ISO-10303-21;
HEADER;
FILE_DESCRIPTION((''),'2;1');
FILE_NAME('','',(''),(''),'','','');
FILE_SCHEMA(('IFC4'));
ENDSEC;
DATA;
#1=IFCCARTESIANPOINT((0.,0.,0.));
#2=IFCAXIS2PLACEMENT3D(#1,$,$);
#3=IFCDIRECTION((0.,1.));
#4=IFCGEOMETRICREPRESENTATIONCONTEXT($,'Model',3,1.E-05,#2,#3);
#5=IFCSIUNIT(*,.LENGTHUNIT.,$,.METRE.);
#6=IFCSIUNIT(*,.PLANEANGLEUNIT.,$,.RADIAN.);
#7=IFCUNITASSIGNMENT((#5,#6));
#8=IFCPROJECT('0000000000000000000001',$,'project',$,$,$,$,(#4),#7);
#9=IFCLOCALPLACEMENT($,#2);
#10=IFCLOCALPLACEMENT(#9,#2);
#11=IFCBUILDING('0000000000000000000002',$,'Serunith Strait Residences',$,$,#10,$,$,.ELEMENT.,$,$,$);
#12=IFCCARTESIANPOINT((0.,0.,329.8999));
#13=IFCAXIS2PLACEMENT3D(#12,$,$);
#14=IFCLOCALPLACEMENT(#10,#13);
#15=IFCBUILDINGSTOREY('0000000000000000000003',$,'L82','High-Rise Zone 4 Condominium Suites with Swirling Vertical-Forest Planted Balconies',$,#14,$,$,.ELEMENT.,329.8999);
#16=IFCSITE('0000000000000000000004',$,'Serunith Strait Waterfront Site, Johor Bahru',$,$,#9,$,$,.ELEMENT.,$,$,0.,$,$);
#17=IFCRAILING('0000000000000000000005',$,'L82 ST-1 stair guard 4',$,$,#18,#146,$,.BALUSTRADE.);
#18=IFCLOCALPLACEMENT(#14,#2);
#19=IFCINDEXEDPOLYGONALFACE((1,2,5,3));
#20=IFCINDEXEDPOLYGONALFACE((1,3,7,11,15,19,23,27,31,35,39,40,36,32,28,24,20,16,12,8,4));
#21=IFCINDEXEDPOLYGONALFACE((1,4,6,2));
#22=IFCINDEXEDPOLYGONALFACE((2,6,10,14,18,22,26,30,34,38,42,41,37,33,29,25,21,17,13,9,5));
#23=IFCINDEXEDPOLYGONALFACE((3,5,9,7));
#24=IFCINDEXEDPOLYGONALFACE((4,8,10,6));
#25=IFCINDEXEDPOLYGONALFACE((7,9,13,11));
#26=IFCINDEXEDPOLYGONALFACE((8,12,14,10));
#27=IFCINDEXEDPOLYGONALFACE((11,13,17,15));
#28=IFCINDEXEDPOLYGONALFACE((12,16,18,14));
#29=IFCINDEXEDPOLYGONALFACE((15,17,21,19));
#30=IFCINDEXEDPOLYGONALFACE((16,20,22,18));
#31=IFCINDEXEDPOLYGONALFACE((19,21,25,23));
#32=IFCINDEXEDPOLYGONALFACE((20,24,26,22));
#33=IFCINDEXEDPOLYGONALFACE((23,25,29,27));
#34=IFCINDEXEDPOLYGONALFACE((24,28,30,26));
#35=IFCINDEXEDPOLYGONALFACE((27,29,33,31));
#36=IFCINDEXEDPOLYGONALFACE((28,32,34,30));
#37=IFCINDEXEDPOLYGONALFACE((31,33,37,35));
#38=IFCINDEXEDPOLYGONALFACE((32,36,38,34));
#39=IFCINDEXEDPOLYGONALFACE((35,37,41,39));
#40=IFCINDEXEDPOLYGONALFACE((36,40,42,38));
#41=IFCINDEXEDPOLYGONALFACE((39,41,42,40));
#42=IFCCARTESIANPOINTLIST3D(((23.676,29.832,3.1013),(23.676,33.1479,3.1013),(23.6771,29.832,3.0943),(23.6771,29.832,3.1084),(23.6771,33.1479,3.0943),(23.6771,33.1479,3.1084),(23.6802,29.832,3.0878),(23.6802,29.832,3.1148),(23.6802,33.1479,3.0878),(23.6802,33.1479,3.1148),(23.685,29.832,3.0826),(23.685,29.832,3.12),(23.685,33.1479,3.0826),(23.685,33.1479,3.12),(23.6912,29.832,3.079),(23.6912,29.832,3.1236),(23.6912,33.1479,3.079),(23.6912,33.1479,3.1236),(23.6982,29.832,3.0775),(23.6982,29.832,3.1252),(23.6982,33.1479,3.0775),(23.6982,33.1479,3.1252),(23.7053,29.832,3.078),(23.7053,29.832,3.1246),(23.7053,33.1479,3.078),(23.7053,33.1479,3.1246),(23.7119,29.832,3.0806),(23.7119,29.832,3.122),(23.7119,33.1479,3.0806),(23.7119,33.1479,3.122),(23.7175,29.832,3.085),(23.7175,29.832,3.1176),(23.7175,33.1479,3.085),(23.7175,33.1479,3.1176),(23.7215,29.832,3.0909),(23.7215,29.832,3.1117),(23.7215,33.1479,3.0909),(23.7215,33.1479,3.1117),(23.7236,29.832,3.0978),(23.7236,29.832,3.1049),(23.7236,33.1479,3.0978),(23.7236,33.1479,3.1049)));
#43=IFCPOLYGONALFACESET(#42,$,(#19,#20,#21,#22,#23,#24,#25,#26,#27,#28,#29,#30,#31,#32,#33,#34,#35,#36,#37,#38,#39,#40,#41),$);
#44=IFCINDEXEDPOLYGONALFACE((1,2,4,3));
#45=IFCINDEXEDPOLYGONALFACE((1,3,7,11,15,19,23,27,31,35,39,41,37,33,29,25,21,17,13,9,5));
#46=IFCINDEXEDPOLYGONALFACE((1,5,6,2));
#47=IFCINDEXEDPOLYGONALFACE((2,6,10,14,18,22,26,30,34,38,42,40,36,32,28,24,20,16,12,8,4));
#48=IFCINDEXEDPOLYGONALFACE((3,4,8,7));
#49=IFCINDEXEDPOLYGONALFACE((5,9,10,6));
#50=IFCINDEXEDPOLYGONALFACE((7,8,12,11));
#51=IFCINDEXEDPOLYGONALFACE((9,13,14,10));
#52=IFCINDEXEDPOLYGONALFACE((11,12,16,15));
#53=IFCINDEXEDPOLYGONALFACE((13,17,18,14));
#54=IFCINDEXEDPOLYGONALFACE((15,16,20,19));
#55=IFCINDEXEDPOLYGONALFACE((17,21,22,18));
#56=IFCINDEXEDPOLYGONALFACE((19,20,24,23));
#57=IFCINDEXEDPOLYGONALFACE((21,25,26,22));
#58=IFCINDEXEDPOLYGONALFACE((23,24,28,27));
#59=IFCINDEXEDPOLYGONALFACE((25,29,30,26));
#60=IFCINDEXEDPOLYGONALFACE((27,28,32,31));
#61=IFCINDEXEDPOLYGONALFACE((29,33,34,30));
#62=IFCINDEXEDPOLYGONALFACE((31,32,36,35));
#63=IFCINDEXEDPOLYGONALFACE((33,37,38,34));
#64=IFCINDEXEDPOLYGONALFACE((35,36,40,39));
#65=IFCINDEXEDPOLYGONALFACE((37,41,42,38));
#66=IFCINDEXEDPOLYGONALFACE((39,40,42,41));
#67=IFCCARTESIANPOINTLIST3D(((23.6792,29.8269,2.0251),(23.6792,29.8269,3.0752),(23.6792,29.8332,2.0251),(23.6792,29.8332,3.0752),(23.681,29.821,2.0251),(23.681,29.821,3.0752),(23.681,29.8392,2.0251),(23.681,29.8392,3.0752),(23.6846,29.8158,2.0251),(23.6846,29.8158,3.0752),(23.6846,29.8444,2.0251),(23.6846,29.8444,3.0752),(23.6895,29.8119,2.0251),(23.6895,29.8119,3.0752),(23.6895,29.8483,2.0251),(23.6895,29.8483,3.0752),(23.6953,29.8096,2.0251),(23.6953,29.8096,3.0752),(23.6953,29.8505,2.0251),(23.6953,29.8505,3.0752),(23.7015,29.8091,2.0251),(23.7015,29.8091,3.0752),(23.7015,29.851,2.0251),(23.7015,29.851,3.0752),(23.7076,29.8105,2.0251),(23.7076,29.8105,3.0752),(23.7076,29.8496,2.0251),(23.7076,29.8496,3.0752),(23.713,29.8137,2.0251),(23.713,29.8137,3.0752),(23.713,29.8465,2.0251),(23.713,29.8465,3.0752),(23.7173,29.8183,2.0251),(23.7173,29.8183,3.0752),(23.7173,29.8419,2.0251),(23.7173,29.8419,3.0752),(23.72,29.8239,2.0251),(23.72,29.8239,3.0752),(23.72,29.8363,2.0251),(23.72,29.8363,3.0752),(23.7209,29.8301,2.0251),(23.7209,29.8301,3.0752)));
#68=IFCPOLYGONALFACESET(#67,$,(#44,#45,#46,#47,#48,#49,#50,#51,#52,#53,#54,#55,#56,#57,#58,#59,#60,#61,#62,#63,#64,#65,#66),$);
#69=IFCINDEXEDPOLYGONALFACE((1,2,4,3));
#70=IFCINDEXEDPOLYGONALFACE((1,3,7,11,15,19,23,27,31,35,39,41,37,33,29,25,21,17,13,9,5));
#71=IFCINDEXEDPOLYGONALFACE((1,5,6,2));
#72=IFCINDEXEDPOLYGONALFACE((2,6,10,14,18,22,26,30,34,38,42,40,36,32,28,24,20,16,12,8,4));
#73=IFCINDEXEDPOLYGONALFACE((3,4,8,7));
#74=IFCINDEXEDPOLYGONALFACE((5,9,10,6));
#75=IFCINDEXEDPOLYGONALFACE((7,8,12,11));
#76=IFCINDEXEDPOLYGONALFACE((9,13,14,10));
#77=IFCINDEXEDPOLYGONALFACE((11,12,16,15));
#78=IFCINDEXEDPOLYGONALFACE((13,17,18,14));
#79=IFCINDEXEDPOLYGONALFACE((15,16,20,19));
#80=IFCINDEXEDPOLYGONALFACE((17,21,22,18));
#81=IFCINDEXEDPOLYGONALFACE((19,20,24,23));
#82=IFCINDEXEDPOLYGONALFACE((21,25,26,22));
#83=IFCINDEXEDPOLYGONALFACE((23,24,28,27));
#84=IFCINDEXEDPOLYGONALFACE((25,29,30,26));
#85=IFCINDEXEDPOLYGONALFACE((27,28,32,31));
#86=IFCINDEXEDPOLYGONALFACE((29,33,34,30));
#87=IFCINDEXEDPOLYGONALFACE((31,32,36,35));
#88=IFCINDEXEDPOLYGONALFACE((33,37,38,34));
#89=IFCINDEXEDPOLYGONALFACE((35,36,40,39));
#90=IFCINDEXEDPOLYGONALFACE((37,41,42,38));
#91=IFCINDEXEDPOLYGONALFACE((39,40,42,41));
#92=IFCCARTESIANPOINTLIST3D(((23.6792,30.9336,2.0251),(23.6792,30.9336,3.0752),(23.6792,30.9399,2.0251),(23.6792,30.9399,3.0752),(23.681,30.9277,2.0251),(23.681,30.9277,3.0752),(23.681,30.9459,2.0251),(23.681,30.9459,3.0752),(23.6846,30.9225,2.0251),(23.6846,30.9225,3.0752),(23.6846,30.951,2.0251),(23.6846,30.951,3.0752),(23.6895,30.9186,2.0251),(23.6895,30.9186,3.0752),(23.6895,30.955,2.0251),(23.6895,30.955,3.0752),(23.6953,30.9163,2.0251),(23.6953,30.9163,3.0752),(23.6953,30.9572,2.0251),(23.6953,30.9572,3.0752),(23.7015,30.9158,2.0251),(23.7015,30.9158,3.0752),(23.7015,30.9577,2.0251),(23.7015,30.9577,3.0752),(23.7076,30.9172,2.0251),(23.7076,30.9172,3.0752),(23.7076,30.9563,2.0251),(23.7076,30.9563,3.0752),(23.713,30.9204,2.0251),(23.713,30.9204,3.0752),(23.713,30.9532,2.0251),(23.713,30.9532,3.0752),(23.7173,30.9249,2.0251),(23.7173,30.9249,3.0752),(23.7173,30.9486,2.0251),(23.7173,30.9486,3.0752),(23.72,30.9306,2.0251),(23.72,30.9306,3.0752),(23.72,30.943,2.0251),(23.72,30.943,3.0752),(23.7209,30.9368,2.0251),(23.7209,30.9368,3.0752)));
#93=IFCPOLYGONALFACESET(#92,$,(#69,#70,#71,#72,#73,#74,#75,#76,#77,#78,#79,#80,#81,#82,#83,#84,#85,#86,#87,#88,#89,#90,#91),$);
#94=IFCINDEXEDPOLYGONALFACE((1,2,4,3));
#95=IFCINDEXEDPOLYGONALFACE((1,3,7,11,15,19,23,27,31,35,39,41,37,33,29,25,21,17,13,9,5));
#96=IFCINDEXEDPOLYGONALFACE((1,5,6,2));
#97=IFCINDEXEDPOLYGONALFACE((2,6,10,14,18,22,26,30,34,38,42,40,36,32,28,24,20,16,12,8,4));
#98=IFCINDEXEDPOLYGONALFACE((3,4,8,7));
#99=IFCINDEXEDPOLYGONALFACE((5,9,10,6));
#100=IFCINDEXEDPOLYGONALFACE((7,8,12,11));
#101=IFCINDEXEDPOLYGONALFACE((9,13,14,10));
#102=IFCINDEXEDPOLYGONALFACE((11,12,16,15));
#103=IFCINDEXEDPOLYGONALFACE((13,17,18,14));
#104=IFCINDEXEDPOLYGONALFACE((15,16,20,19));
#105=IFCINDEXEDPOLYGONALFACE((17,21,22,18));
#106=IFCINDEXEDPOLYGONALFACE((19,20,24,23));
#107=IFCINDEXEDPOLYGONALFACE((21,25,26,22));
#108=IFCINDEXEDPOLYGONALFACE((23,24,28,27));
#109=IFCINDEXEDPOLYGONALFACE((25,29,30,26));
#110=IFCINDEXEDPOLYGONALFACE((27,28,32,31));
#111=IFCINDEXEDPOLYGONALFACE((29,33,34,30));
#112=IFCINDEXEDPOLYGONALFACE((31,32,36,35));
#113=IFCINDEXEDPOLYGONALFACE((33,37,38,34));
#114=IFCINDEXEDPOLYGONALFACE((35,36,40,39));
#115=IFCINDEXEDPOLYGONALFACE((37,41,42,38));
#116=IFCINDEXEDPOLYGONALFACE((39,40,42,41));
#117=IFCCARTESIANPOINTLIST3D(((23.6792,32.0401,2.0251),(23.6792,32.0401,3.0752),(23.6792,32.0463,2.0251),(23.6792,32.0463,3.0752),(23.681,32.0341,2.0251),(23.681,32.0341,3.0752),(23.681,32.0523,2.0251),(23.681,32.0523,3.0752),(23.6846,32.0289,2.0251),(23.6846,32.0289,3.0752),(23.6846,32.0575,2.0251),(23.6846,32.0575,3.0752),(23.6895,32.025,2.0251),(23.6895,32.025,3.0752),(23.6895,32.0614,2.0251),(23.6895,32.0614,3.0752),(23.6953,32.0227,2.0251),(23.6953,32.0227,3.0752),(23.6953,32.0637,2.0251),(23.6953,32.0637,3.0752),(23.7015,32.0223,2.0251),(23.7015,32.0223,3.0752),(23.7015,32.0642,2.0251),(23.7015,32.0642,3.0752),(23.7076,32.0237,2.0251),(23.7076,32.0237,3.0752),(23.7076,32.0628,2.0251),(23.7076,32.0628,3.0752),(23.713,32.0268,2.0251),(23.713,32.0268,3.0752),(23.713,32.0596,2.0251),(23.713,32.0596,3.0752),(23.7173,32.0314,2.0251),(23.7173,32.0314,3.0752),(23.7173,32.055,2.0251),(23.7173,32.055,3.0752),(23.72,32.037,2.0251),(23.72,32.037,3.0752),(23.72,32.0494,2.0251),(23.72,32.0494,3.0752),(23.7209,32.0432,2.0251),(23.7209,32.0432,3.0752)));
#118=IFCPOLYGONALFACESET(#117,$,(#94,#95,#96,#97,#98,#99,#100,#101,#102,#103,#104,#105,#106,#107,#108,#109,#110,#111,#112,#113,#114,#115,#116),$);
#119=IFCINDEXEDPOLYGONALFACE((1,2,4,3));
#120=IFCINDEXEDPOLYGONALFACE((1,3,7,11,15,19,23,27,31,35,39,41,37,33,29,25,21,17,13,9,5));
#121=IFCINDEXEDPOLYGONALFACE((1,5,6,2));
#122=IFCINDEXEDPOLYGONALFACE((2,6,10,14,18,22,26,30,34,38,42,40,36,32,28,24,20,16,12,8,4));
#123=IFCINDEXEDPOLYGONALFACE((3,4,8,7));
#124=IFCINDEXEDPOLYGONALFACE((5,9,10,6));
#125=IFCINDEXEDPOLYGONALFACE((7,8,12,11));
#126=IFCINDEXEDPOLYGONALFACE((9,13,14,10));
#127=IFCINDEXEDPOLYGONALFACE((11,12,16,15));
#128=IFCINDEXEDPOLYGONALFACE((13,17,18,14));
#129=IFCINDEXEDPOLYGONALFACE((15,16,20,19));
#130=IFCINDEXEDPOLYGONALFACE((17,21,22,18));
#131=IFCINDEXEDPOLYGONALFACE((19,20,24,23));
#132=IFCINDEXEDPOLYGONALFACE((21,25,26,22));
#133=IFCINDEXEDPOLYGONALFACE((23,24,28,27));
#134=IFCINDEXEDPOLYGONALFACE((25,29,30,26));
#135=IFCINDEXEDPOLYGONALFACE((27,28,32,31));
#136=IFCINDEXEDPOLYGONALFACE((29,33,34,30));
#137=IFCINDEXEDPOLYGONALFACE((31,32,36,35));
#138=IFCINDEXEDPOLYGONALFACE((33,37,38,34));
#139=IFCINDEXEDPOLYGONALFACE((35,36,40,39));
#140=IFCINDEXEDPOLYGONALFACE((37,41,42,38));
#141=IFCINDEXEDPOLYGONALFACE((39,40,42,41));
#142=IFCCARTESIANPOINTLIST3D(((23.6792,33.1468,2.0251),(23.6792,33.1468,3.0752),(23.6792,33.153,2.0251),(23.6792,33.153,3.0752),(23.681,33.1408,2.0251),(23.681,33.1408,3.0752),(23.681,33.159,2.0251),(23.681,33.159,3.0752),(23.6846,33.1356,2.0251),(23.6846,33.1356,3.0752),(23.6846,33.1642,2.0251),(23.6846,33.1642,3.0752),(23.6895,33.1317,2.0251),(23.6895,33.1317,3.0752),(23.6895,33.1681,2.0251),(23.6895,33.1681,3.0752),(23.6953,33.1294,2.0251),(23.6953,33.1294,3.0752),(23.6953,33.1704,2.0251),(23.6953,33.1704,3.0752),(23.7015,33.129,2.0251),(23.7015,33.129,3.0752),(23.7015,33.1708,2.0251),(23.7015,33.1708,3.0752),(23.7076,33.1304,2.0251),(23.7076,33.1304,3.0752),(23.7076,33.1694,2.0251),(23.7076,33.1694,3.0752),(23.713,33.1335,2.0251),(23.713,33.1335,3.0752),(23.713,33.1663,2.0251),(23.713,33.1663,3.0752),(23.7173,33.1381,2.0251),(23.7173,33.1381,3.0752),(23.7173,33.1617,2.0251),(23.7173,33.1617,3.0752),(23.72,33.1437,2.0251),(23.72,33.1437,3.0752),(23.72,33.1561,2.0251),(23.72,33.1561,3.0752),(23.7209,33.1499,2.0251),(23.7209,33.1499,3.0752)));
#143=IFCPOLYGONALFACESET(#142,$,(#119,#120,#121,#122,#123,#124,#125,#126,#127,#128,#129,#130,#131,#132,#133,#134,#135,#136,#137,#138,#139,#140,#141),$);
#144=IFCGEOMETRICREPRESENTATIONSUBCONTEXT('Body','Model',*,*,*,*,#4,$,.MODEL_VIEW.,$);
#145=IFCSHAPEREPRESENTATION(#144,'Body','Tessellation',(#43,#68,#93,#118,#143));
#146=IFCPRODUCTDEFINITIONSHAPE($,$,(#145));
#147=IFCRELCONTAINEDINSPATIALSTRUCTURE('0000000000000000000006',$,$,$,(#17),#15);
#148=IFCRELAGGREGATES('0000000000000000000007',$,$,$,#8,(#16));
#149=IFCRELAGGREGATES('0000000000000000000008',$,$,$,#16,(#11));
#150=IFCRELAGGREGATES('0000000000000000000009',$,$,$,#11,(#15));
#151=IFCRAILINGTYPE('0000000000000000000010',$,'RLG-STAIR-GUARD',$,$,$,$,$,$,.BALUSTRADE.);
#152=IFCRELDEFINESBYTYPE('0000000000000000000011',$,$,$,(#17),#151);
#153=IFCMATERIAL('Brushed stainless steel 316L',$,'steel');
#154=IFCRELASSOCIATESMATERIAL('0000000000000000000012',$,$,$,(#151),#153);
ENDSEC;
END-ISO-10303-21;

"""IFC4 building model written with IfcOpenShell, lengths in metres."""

from ifc_helpers import new_model, si_unit, direction, frame, origin, origin_2d, place, context, subcontext, project, spatial, circle, extrude, material, type_object, element, save


model = new_model("IFC4")

# Units and contexts
model_context = context("Model", 3, precision=1e-05, world=origin(), true_north=direction((0.0, 1.0)))
body_context = subcontext(model_context, "Body", "Model", "MODEL_VIEW")
ifc_project = project(units=[si_unit("LENGTHUNIT", "METRE"), si_unit("PLANEANGLEUNIT", "RADIAN")], contexts=[model_context])

# Site, building, storey
site_placement = place(None, origin())
site = spatial("IfcSite", under=ifc_project, at=site_placement, Name="Serunith Strait Waterfront Site, Johor Bahru", CompositionType="ELEMENT", RefElevation=0.0)
building_placement = place(site_placement, origin())
building = spatial("IfcBuilding", under=site, at=building_placement, Name="Serunith Strait Residences", CompositionType="ELEMENT")
storey_placement = place(building_placement, frame((0.0, 0.0, 329.8999)))
storey = spatial("IfcBuildingStorey", under=building, at=storey_placement, Name="L82", Description="High-Rise Zone 4 Condominium Suites with Swirling Vertical-Forest Planted Balconies", CompositionType="ELEMENT", Elevation=329.8999)

# Railing
ifc_material_1 = material(Name="Brushed stainless steel 316L", Category="steel")
railing_type_1 = type_object("IfcRailingType", Name="RLG-STAIR-GUARD", PredefinedType="BALUSTRADE", material=ifc_material_1)
for number, where, name in (
    (1, (23.7, 29.8301, 2.0251), "L82 ST-1 stair guard 4"),
):
    element("IfcRailing", number, at=place(storey_placement, frame(where)), inside=storey, type_object=railing_type_1, Name=name, PredefinedType="BALUSTRADE", context=body_context, shape_type="SweptSolid", body=[
        extrude(circle(Radius=0.0239, at=origin_2d()), frame((0.0, 0.002, 1.0762), z_axis=(0.0, 1.0, 0.0), x_axis=(-1.0, 0.0, 0.0)), (0.0, 0.0, 1.0), 3.3159),
        extrude(circle(Radius=0.021, at=origin_2d()), origin(), (0.0, 0.0, 1.0), 1.05),
        extrude(circle(Radius=0.021, at=origin_2d()), frame((0.0, 1.1067, 0.0)), (0.0, 0.0, 1.0), 1.05),
        extrude(circle(Radius=0.021, at=origin_2d()), frame((0.0, 2.2131, 0.0)), (0.0, 0.0, 1.0), 1.05),
        extrude(circle(Radius=0.021, at=origin_2d()), frame((0.0, 3.3198, 0.0)), (0.0, 0.0, 1.0), 1.05),
    ])

save(model, "model.ifc")
